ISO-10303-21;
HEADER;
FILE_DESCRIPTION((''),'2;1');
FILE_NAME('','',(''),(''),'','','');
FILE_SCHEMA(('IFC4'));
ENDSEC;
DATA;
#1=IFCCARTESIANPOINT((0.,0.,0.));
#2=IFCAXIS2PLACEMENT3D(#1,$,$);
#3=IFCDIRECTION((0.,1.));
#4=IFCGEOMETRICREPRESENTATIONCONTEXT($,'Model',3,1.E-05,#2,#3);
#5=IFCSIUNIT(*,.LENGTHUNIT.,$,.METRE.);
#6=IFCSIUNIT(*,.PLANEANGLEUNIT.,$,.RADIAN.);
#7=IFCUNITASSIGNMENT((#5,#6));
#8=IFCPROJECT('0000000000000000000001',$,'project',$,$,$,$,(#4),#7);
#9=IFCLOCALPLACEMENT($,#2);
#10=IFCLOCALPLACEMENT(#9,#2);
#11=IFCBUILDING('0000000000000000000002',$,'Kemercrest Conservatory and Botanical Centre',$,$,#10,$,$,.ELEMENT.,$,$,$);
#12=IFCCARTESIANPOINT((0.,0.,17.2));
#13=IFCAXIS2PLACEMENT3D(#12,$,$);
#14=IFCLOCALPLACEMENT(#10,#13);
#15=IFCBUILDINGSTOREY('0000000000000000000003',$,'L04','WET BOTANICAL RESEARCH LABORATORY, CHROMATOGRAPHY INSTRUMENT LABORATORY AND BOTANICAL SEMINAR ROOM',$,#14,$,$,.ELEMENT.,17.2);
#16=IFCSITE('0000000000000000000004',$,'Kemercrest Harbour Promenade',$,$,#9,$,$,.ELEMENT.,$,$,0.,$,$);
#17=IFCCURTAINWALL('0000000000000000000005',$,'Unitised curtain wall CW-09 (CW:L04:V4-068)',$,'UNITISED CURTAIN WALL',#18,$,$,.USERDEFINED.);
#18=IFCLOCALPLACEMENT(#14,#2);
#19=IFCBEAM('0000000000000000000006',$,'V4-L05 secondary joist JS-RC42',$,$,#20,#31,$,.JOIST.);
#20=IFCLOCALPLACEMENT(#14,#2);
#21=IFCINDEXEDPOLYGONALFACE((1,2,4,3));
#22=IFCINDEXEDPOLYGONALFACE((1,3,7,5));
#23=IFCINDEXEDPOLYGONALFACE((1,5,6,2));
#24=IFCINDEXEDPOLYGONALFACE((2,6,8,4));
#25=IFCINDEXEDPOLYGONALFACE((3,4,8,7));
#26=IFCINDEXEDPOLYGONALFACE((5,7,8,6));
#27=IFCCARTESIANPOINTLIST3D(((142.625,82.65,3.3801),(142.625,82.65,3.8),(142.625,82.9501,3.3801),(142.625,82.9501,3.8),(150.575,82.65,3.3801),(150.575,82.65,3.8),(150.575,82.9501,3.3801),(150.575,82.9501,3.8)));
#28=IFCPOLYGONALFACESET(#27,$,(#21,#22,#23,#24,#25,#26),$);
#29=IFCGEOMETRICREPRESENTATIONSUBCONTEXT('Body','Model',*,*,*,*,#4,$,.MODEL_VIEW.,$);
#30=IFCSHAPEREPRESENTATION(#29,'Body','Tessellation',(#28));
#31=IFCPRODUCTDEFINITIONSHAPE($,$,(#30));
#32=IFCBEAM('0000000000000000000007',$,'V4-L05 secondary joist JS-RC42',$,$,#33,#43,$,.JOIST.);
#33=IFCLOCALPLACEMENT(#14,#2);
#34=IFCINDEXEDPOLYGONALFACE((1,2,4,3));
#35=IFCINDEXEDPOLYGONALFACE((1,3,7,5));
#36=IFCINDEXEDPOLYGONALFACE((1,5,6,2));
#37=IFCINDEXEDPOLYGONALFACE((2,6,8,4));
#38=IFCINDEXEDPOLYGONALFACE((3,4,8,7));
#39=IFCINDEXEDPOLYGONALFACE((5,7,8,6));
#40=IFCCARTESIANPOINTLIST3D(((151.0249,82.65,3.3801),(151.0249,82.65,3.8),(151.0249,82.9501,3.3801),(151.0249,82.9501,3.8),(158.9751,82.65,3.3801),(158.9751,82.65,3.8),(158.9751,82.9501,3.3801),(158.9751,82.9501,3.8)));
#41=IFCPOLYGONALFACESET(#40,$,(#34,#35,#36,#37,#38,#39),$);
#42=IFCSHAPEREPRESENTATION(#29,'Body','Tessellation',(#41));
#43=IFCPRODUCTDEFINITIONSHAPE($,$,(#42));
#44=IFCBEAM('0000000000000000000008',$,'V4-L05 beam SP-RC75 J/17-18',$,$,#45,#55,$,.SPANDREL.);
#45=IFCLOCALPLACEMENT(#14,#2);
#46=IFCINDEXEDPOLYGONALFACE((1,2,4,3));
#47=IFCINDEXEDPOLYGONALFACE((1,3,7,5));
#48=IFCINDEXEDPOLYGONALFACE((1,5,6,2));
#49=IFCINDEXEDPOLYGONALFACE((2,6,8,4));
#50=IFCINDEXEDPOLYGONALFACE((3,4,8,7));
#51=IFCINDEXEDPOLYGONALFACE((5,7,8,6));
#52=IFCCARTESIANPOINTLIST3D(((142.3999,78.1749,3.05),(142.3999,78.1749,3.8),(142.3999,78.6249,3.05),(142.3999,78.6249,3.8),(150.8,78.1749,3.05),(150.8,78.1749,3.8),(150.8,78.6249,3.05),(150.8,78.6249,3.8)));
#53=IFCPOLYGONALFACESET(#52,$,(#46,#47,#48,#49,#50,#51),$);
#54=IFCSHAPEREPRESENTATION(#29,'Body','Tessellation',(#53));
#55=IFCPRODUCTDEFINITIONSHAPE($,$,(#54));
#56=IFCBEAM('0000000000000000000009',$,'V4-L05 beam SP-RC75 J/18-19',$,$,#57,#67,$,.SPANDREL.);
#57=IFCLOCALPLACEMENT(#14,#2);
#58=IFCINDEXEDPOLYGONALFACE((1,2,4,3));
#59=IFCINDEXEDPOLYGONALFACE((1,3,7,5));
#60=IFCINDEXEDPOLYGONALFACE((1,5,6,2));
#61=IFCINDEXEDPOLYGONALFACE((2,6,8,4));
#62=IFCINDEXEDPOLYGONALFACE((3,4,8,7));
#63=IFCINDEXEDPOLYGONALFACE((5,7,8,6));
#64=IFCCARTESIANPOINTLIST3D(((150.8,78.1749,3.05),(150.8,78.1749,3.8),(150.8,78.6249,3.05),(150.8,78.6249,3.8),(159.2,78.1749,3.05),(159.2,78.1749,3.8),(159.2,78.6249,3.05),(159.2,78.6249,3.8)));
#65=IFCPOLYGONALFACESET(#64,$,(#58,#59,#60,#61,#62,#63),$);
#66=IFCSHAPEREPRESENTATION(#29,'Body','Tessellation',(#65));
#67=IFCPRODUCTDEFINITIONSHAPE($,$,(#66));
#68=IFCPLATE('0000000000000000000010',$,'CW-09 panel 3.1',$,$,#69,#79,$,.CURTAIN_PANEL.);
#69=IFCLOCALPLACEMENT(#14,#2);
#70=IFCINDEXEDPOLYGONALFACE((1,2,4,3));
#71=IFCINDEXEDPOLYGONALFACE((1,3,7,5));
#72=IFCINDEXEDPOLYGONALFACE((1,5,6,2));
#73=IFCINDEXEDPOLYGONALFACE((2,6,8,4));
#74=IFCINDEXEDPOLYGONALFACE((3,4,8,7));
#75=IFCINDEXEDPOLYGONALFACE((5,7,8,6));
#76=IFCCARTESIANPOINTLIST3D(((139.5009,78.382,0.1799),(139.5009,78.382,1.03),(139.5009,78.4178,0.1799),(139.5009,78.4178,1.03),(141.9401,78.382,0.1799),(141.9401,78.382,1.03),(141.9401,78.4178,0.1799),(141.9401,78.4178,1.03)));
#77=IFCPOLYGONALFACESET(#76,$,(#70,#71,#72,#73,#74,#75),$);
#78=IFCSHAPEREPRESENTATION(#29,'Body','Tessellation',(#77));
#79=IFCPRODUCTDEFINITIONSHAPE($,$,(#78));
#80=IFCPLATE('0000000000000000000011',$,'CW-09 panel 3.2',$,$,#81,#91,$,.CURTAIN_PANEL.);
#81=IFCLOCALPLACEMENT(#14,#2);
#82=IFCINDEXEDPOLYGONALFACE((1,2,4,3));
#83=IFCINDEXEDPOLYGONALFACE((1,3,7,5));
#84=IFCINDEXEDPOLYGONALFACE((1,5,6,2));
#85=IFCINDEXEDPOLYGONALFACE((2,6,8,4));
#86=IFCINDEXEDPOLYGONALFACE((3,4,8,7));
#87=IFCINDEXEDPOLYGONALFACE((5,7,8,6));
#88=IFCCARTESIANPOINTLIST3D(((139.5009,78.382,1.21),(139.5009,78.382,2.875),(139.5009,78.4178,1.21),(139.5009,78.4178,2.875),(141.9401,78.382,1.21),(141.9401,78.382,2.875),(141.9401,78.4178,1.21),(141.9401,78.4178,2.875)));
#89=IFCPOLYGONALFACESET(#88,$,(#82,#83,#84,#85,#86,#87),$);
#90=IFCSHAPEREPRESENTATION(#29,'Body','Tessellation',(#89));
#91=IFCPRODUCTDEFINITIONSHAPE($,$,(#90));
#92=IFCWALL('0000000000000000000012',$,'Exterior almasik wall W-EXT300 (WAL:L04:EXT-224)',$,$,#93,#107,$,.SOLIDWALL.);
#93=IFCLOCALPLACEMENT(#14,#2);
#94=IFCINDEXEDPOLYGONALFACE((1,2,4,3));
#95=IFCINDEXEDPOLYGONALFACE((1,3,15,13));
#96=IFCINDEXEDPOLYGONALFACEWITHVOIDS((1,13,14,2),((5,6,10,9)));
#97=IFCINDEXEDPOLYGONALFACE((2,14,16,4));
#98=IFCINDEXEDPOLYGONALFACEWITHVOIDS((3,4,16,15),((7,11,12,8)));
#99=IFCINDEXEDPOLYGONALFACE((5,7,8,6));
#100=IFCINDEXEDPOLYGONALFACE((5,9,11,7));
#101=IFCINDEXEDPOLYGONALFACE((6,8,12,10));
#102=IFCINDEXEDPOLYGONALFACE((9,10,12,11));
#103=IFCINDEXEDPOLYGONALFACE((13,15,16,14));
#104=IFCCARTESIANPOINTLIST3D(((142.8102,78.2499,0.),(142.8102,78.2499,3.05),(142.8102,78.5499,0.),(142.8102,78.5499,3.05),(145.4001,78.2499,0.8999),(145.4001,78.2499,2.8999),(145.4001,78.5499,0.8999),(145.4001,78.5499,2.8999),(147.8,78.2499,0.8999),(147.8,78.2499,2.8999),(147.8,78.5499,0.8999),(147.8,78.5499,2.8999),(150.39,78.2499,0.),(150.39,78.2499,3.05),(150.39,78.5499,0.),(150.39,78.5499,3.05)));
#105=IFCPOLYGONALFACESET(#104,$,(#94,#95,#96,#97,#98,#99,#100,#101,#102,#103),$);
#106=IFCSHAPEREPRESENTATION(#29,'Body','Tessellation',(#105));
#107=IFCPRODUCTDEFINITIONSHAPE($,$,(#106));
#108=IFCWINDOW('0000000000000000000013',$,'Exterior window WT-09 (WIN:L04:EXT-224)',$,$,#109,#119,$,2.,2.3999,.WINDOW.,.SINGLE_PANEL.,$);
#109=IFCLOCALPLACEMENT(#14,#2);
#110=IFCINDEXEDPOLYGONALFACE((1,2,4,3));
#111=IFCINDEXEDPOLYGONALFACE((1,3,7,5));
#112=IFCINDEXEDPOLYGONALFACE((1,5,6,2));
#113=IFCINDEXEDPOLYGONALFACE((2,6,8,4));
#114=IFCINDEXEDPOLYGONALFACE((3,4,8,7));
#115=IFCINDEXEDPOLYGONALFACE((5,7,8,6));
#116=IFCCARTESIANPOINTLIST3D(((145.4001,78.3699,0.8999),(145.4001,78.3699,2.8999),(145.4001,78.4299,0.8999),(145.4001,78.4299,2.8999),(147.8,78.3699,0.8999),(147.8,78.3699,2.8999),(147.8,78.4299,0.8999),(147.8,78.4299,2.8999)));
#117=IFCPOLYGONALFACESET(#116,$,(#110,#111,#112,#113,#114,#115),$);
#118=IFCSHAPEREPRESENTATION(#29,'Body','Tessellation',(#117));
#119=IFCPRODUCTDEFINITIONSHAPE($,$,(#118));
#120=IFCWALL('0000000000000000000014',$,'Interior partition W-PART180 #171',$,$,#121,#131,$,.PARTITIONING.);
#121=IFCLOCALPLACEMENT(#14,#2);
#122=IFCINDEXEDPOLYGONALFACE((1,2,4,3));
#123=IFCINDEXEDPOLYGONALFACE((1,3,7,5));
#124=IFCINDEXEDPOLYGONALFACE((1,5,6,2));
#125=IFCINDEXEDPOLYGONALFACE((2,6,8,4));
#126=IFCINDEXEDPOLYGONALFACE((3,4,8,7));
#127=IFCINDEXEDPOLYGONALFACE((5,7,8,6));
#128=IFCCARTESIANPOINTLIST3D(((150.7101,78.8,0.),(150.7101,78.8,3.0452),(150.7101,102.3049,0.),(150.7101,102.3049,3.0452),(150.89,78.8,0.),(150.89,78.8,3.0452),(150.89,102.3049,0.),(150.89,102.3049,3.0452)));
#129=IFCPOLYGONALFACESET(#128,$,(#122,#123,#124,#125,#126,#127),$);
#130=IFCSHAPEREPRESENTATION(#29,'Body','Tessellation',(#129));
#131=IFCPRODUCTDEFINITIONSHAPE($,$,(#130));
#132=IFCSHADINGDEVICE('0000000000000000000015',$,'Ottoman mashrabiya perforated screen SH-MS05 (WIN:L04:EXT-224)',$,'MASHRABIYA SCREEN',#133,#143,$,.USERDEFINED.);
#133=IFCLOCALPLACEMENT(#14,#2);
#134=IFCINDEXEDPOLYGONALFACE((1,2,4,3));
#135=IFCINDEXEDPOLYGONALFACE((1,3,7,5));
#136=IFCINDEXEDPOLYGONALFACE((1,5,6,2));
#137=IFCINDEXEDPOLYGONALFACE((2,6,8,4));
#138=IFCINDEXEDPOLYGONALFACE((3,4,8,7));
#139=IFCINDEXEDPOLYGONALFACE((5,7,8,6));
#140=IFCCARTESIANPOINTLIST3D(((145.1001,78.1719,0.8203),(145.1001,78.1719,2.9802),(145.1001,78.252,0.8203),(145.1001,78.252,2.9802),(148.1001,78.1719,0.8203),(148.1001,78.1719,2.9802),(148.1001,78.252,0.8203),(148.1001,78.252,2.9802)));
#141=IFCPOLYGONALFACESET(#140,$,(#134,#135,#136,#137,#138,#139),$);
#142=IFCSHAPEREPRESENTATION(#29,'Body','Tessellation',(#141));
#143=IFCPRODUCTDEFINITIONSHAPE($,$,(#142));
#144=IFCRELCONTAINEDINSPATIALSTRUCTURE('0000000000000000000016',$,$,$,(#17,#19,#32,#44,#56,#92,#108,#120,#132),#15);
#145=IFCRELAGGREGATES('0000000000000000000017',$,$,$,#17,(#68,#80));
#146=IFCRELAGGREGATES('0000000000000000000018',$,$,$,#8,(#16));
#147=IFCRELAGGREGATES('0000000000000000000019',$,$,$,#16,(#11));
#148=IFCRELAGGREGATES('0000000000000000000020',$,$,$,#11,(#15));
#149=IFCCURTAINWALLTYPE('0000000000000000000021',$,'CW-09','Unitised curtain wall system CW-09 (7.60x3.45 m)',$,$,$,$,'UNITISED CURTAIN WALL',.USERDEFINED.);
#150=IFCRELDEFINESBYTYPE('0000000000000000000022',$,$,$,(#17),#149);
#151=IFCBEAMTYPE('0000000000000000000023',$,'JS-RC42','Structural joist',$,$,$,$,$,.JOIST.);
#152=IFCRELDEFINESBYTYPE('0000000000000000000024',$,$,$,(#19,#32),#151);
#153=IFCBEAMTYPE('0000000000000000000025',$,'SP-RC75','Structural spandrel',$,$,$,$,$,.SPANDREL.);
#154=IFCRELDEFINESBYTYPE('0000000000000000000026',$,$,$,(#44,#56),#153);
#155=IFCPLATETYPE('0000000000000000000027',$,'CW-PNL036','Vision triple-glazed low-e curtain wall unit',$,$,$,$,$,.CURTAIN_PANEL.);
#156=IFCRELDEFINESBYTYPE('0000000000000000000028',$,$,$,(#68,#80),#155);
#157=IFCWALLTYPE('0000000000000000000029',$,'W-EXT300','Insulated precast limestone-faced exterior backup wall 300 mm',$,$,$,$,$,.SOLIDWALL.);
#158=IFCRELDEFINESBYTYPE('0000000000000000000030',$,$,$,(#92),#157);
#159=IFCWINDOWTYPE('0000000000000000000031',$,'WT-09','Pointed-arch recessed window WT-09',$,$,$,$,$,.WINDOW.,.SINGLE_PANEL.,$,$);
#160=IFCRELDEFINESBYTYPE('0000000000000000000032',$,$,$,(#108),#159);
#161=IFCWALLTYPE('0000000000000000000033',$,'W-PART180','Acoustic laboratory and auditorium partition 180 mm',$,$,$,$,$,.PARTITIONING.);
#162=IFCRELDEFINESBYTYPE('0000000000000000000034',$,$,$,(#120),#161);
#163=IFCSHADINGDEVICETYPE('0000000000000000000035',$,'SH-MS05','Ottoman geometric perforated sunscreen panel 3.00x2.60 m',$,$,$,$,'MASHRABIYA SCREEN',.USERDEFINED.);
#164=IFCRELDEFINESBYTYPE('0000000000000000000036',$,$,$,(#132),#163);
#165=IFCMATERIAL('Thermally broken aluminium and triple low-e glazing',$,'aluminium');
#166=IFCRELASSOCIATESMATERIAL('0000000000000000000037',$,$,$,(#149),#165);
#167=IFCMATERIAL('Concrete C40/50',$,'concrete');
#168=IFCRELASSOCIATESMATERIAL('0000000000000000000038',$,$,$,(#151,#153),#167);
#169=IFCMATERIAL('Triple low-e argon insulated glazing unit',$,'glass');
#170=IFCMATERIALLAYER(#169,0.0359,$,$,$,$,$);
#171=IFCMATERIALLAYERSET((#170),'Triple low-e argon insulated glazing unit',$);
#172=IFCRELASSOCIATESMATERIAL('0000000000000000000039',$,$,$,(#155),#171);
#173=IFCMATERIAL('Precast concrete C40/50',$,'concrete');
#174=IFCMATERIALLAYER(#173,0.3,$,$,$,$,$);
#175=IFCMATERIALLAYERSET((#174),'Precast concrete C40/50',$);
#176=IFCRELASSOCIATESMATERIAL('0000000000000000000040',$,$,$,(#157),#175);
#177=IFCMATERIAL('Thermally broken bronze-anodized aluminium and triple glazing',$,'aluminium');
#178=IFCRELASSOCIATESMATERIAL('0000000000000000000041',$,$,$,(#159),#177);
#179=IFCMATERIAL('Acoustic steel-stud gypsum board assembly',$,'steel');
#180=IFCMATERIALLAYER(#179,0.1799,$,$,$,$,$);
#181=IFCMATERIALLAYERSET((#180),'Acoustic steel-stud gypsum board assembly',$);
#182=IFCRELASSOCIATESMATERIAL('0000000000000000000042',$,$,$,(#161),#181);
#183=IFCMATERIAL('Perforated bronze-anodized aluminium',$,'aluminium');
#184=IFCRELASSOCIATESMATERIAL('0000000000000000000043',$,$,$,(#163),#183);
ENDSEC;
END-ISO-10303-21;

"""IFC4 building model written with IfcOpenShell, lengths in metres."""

from ifc_helpers import new_model, si_unit, direction, frame, frame_2d, origin, origin_2d, place, context, subcontext, project, spatial, rectangle, extrude, material, layer, layer_set, material_profile, profile_set, type_object, element, fill, aggregate, save


model = new_model("IFC4")

# Units and contexts
model_context = context("Model", 3, precision=1e-05, world=origin(), true_north=direction((0.0, 1.0)))
body_context = subcontext(model_context, "Body", "Model", "MODEL_VIEW")
ifc_project = project(units=[si_unit("LENGTHUNIT", "METRE"), si_unit("PLANEANGLEUNIT", "RADIAN")], contexts=[model_context])

# Site, building, storey
site_placement = place(None, origin())
site = spatial("IfcSite", under=ifc_project, at=site_placement, Name="Kemercrest Harbour Promenade", CompositionType="ELEMENT", RefElevation=0.0)
building_placement = place(site_placement, origin())
building = spatial("IfcBuilding", under=site, at=building_placement, Name="Kemercrest Conservatory and Botanical Centre", CompositionType="ELEMENT")
storey_placement = place(building_placement, frame((0.0, 0.0, 17.2)))
storey = spatial("IfcBuildingStorey", under=building, at=storey_placement, Name="L04", Description="WET BOTANICAL RESEARCH LABORATORY, CHROMATOGRAPHY INSTRUMENT LABORATORY AND BOTANICAL SEMINAR ROOM", CompositionType="ELEMENT", Elevation=17.2)

# Shared definitions
ifc_material_1 = material(Name="Concrete C40/50", Category="concrete")

# Curtain wall
ifc_material_2 = material(Name="Thermally broken aluminium and triple low-e glazing", Category="aluminium")
curtain_wall_type_1 = type_object("IfcCurtainWallType", Name="CW-09", Description="Unitised curtain wall system CW-09 (7.60x3.45 m)", ElementType="UNITISED CURTAIN WALL", PredefinedType="USERDEFINED", material=ifc_material_2)
curtain_wall_1_placement = place(storey_placement, origin())
curtain_wall_1 = element("IfcCurtainWall", 1, at=curtain_wall_1_placement, inside=storey, type_object=curtain_wall_type_1, Name="Unitised curtain wall CW-09 (CW:L04:V4-068)", ObjectType="UNITISED CURTAIN WALL", PredefinedType="USERDEFINED")

# Beams
ifc_material_profile_1 = material_profile(ifc_material_1, rectangle(XDim=0.3, YDim=0.4199, at=origin_2d()), Name="RC 300x420")
ifc_profile_set_1 = profile_set([ifc_material_profile_1], Name="Concrete C40/50")
beam_type_1 = type_object("IfcBeamType", Name="JS-RC42", Description="Structural joist", PredefinedType="JOIST", material=ifc_profile_set_1)
beam_1_placement = place(storey_placement, frame((142.625, 82.8, 3.5901), z_axis=(1.0, 0.0, 0.0), x_axis=(0.0, 1.0, 0.0)))
element("IfcBeam", 2, at=beam_1_placement, inside=storey, type_object=beam_type_1, Name="V4-L05 secondary joist JS-RC42", PredefinedType="JOIST", context=body_context, shape_type="SweptSolid", body=[
    extrude(rectangle(XDim=0.3, YDim=0.4199, at=origin_2d()), origin(), (0.0, 0.0, 1.0), 7.95),
])
beam_2_placement = place(storey_placement, frame((151.0249, 82.8, 3.5901), z_axis=(1.0, 0.0, 0.0), x_axis=(0.0, 1.0, 0.0)))
element("IfcBeam", 3, at=beam_2_placement, inside=storey, type_object=beam_type_1, Name="V4-L05 secondary joist JS-RC42", PredefinedType="JOIST", context=body_context, shape_type="SweptSolid", body=[
    extrude(rectangle(XDim=0.3, YDim=0.4199, at=origin_2d()), origin(), (0.0, 0.0, 1.0), 7.9502),
])
ifc_material_profile_2 = material_profile(ifc_material_1, rectangle(XDim=0.45, YDim=0.75, at=origin_2d()), Name="RC 450x750")
ifc_profile_set_2 = profile_set([ifc_material_profile_2], Name="Concrete C40/50")
beam_type_2 = type_object("IfcBeamType", Name="SP-RC75", Description="Structural spandrel", PredefinedType="SPANDREL", material=ifc_profile_set_2)
beam_3_placement = place(storey_placement, frame((142.3999, 78.3999, 3.425), z_axis=(1.0, 0.0, 0.0), x_axis=(0.0, 1.0, 0.0)))
element("IfcBeam", 4, at=beam_3_placement, inside=storey, type_object=beam_type_2, Name="V4-L05 beam SP-RC75 J/17-18", PredefinedType="SPANDREL", context=body_context, shape_type="SweptSolid", body=[
    extrude(rectangle(XDim=0.45, YDim=0.75, at=origin_2d()), origin(), (0.0, 0.0, 1.0), 8.4001),
])
beam_4_placement = place(storey_placement, frame((150.8, 78.3999, 3.425), z_axis=(1.0, 0.0, 0.0), x_axis=(0.0, 1.0, 0.0)))
element("IfcBeam", 5, at=beam_4_placement, inside=storey, type_object=beam_type_2, Name="V4-L05 beam SP-RC75 J/18-19", PredefinedType="SPANDREL", context=body_context, shape_type="SweptSolid", body=[
    extrude(rectangle(XDim=0.45, YDim=0.75, at=origin_2d()), origin(), (0.0, 0.0, 1.0), 8.3999),
])

# Plates
ifc_material_3 = material(Name="Triple low-e argon insulated glazing unit", Category="glass")
ifc_layer_1 = layer(ifc_material_3, 0.0359)
ifc_layer_set_1 = layer_set([ifc_layer_1], Name="Triple low-e argon insulated glazing unit")
plate_type = type_object("IfcPlateType", Name="CW-PNL036", Description="Vision triple-glazed low-e curtain wall unit", PredefinedType="CURTAIN_PANEL", material=ifc_layer_set_1)
plate_1_placement = place(storey_placement, frame((140.7205, 78.3999, 0.1799), z_axis=(0.0, 0.0, 1.0), x_axis=(1.0, 0.0, 0.0)))
plate_1 = element("IfcPlate", 6, at=plate_1_placement, type_object=plate_type, Name="CW-09 panel 3.1", PredefinedType="CURTAIN_PANEL", context=body_context, shape_type="SweptSolid", body=[
    extrude(rectangle(XDim=2.4392, YDim=0.0359, at=origin_2d()), origin(), (0.0, 0.0, 1.0), 0.8501),
])
plate_2_placement = place(storey_placement, frame((140.7205, 78.3999, 1.21), z_axis=(0.0, 0.0, 1.0), x_axis=(1.0, 0.0, 0.0)))
plate_2 = element("IfcPlate", 7, at=plate_2_placement, type_object=plate_type, Name="CW-09 panel 3.2", PredefinedType="CURTAIN_PANEL", context=body_context, shape_type="SweptSolid", body=[
    extrude(rectangle(XDim=2.4392, YDim=0.0359, at=origin_2d()), origin(), (0.0, 0.0, 1.0), 1.665),
])
aggregate(curtain_wall_1, [plate_1, plate_2])

# Wall, opening, window
ifc_material_4 = material(Name="Precast concrete C40/50", Category="concrete")
ifc_layer_2 = layer(ifc_material_4, 0.3)
ifc_layer_set_2 = layer_set([ifc_layer_2], Name="Precast concrete C40/50")
wall_type_1 = type_object("IfcWallType", Name="W-EXT300", Description="Insulated precast limestone-faced exterior backup wall 300 mm", PredefinedType="SOLIDWALL", material=ifc_layer_set_2)
wall_1_placement = place(storey_placement, frame((142.8101, 78.3999, 0.0), z_axis=(0.0, 0.0, 1.0), x_axis=(1.0, 0.0, 0.0)))
wall_1 = element("IfcWall", 8, at=wall_1_placement, inside=storey, type_object=wall_type_1, Name="Exterior almasik wall W-EXT300 (WAL:L04:EXT-224)", PredefinedType="SOLIDWALL", context=body_context, shape_type="SweptSolid", body=[
    extrude(rectangle(XDim=7.5798, YDim=0.3, at=frame_2d((3.79, 0.0))), origin(), (0.0, 0.0, 1.0), 3.05),
])
opening_placement = place(wall_1_placement, frame((2.5901, 0.0, 0.8999)))
opening = element("IfcOpeningElement", 9, at=opening_placement, cuts=wall_1, PredefinedType="OPENING", context=body_context, shape_type="SweptSolid", body=[
    extrude(rectangle(XDim=2.3999, YDim=2.0, at=frame_2d((1.2, 1.0))), frame((0.0, 0.1602, 0.0), z_axis=(0.0, -1.0, 0.0), x_axis=(1.0, 0.0, 0.0)), (0.0, 0.0, 1.0), 0.3201),
])
ifc_material_5 = material(Name="Thermally broken bronze-anodized aluminium and triple glazing", Category="aluminium")
window_type = type_object("IfcWindowType", Name="WT-09", Description="Pointed-arch recessed window WT-09", PartitioningType="SINGLE_PANEL", PredefinedType="WINDOW", material=ifc_material_5)
window_placement = place(opening_placement, origin())
window = element("IfcWindow", 10, at=window_placement, inside=storey, type_object=window_type, Name="Exterior window WT-09 (WIN:L04:EXT-224)", OverallHeight=2.0, OverallWidth=2.3999, PartitioningType="SINGLE_PANEL", PredefinedType="WINDOW", context=body_context, shape_type="SweptSolid", body=[
    extrude(rectangle(XDim=2.3999, YDim=2.0, at=frame_2d((1.2, 1.0))), frame((0.0, 0.03, 0.0), z_axis=(0.0, -1.0, 0.0), x_axis=(1.0, 0.0, 0.0)), (0.0, 0.0, 1.0), 0.0601),
])
fill(opening, window)

# Wall
ifc_material_6 = material(Name="Acoustic steel-stud gypsum board assembly", Category="steel")
ifc_layer_3 = layer(ifc_material_6, 0.1799)
ifc_layer_set_3 = layer_set([ifc_layer_3], Name="Acoustic steel-stud gypsum board assembly")
wall_type_2 = type_object("IfcWallType", Name="W-PART180", Description="Acoustic laboratory and auditorium partition 180 mm", PredefinedType="PARTITIONING", material=ifc_layer_set_3)
wall_2_placement = place(storey_placement, frame((150.8, 78.8, 0.0), z_axis=(0.0, 0.0, 1.0), x_axis=(0.0, 1.0, 0.0)))
element("IfcWall", 11, at=wall_2_placement, inside=storey, type_object=wall_type_2, Name="Interior partition W-PART180 #171", PredefinedType="PARTITIONING", context=body_context, shape_type="SweptSolid", body=[
    extrude(rectangle(XDim=23.5049, YDim=0.1799, at=frame_2d((11.7524, 0.0))), origin(), (0.0, 0.0, 1.0), 3.0452),
])

# Shading device
ifc_material_7 = material(Name="Perforated bronze-anodized aluminium", Category="aluminium")
shading_device_type = type_object("IfcShadingDeviceType", Name="SH-MS05", Description="Ottoman geometric perforated sunscreen panel 3.00x2.60 m", ElementType="MASHRABIYA SCREEN", PredefinedType="USERDEFINED", material=ifc_material_7)
shading_device_placement = place(storey_placement, frame((146.6001, 78.2119, 0.8203), z_axis=(0.0, 0.0, 1.0), x_axis=(1.0, 0.0, 0.0)))
element("IfcShadingDevice", 12, at=shading_device_placement, inside=storey, type_object=shading_device_type, Name="Ottoman mashrabiya perforated screen SH-MS05 (WIN:L04:EXT-224)", ObjectType="MASHRABIYA SCREEN", PredefinedType="USERDEFINED", context=body_context, shape_type="SweptSolid", body=[
    extrude(rectangle(XDim=3.0, YDim=0.0801, at=origin_2d()), origin(), (0.0, 0.0, 1.0), 2.1599),
])

save(model, "model.ifc")
